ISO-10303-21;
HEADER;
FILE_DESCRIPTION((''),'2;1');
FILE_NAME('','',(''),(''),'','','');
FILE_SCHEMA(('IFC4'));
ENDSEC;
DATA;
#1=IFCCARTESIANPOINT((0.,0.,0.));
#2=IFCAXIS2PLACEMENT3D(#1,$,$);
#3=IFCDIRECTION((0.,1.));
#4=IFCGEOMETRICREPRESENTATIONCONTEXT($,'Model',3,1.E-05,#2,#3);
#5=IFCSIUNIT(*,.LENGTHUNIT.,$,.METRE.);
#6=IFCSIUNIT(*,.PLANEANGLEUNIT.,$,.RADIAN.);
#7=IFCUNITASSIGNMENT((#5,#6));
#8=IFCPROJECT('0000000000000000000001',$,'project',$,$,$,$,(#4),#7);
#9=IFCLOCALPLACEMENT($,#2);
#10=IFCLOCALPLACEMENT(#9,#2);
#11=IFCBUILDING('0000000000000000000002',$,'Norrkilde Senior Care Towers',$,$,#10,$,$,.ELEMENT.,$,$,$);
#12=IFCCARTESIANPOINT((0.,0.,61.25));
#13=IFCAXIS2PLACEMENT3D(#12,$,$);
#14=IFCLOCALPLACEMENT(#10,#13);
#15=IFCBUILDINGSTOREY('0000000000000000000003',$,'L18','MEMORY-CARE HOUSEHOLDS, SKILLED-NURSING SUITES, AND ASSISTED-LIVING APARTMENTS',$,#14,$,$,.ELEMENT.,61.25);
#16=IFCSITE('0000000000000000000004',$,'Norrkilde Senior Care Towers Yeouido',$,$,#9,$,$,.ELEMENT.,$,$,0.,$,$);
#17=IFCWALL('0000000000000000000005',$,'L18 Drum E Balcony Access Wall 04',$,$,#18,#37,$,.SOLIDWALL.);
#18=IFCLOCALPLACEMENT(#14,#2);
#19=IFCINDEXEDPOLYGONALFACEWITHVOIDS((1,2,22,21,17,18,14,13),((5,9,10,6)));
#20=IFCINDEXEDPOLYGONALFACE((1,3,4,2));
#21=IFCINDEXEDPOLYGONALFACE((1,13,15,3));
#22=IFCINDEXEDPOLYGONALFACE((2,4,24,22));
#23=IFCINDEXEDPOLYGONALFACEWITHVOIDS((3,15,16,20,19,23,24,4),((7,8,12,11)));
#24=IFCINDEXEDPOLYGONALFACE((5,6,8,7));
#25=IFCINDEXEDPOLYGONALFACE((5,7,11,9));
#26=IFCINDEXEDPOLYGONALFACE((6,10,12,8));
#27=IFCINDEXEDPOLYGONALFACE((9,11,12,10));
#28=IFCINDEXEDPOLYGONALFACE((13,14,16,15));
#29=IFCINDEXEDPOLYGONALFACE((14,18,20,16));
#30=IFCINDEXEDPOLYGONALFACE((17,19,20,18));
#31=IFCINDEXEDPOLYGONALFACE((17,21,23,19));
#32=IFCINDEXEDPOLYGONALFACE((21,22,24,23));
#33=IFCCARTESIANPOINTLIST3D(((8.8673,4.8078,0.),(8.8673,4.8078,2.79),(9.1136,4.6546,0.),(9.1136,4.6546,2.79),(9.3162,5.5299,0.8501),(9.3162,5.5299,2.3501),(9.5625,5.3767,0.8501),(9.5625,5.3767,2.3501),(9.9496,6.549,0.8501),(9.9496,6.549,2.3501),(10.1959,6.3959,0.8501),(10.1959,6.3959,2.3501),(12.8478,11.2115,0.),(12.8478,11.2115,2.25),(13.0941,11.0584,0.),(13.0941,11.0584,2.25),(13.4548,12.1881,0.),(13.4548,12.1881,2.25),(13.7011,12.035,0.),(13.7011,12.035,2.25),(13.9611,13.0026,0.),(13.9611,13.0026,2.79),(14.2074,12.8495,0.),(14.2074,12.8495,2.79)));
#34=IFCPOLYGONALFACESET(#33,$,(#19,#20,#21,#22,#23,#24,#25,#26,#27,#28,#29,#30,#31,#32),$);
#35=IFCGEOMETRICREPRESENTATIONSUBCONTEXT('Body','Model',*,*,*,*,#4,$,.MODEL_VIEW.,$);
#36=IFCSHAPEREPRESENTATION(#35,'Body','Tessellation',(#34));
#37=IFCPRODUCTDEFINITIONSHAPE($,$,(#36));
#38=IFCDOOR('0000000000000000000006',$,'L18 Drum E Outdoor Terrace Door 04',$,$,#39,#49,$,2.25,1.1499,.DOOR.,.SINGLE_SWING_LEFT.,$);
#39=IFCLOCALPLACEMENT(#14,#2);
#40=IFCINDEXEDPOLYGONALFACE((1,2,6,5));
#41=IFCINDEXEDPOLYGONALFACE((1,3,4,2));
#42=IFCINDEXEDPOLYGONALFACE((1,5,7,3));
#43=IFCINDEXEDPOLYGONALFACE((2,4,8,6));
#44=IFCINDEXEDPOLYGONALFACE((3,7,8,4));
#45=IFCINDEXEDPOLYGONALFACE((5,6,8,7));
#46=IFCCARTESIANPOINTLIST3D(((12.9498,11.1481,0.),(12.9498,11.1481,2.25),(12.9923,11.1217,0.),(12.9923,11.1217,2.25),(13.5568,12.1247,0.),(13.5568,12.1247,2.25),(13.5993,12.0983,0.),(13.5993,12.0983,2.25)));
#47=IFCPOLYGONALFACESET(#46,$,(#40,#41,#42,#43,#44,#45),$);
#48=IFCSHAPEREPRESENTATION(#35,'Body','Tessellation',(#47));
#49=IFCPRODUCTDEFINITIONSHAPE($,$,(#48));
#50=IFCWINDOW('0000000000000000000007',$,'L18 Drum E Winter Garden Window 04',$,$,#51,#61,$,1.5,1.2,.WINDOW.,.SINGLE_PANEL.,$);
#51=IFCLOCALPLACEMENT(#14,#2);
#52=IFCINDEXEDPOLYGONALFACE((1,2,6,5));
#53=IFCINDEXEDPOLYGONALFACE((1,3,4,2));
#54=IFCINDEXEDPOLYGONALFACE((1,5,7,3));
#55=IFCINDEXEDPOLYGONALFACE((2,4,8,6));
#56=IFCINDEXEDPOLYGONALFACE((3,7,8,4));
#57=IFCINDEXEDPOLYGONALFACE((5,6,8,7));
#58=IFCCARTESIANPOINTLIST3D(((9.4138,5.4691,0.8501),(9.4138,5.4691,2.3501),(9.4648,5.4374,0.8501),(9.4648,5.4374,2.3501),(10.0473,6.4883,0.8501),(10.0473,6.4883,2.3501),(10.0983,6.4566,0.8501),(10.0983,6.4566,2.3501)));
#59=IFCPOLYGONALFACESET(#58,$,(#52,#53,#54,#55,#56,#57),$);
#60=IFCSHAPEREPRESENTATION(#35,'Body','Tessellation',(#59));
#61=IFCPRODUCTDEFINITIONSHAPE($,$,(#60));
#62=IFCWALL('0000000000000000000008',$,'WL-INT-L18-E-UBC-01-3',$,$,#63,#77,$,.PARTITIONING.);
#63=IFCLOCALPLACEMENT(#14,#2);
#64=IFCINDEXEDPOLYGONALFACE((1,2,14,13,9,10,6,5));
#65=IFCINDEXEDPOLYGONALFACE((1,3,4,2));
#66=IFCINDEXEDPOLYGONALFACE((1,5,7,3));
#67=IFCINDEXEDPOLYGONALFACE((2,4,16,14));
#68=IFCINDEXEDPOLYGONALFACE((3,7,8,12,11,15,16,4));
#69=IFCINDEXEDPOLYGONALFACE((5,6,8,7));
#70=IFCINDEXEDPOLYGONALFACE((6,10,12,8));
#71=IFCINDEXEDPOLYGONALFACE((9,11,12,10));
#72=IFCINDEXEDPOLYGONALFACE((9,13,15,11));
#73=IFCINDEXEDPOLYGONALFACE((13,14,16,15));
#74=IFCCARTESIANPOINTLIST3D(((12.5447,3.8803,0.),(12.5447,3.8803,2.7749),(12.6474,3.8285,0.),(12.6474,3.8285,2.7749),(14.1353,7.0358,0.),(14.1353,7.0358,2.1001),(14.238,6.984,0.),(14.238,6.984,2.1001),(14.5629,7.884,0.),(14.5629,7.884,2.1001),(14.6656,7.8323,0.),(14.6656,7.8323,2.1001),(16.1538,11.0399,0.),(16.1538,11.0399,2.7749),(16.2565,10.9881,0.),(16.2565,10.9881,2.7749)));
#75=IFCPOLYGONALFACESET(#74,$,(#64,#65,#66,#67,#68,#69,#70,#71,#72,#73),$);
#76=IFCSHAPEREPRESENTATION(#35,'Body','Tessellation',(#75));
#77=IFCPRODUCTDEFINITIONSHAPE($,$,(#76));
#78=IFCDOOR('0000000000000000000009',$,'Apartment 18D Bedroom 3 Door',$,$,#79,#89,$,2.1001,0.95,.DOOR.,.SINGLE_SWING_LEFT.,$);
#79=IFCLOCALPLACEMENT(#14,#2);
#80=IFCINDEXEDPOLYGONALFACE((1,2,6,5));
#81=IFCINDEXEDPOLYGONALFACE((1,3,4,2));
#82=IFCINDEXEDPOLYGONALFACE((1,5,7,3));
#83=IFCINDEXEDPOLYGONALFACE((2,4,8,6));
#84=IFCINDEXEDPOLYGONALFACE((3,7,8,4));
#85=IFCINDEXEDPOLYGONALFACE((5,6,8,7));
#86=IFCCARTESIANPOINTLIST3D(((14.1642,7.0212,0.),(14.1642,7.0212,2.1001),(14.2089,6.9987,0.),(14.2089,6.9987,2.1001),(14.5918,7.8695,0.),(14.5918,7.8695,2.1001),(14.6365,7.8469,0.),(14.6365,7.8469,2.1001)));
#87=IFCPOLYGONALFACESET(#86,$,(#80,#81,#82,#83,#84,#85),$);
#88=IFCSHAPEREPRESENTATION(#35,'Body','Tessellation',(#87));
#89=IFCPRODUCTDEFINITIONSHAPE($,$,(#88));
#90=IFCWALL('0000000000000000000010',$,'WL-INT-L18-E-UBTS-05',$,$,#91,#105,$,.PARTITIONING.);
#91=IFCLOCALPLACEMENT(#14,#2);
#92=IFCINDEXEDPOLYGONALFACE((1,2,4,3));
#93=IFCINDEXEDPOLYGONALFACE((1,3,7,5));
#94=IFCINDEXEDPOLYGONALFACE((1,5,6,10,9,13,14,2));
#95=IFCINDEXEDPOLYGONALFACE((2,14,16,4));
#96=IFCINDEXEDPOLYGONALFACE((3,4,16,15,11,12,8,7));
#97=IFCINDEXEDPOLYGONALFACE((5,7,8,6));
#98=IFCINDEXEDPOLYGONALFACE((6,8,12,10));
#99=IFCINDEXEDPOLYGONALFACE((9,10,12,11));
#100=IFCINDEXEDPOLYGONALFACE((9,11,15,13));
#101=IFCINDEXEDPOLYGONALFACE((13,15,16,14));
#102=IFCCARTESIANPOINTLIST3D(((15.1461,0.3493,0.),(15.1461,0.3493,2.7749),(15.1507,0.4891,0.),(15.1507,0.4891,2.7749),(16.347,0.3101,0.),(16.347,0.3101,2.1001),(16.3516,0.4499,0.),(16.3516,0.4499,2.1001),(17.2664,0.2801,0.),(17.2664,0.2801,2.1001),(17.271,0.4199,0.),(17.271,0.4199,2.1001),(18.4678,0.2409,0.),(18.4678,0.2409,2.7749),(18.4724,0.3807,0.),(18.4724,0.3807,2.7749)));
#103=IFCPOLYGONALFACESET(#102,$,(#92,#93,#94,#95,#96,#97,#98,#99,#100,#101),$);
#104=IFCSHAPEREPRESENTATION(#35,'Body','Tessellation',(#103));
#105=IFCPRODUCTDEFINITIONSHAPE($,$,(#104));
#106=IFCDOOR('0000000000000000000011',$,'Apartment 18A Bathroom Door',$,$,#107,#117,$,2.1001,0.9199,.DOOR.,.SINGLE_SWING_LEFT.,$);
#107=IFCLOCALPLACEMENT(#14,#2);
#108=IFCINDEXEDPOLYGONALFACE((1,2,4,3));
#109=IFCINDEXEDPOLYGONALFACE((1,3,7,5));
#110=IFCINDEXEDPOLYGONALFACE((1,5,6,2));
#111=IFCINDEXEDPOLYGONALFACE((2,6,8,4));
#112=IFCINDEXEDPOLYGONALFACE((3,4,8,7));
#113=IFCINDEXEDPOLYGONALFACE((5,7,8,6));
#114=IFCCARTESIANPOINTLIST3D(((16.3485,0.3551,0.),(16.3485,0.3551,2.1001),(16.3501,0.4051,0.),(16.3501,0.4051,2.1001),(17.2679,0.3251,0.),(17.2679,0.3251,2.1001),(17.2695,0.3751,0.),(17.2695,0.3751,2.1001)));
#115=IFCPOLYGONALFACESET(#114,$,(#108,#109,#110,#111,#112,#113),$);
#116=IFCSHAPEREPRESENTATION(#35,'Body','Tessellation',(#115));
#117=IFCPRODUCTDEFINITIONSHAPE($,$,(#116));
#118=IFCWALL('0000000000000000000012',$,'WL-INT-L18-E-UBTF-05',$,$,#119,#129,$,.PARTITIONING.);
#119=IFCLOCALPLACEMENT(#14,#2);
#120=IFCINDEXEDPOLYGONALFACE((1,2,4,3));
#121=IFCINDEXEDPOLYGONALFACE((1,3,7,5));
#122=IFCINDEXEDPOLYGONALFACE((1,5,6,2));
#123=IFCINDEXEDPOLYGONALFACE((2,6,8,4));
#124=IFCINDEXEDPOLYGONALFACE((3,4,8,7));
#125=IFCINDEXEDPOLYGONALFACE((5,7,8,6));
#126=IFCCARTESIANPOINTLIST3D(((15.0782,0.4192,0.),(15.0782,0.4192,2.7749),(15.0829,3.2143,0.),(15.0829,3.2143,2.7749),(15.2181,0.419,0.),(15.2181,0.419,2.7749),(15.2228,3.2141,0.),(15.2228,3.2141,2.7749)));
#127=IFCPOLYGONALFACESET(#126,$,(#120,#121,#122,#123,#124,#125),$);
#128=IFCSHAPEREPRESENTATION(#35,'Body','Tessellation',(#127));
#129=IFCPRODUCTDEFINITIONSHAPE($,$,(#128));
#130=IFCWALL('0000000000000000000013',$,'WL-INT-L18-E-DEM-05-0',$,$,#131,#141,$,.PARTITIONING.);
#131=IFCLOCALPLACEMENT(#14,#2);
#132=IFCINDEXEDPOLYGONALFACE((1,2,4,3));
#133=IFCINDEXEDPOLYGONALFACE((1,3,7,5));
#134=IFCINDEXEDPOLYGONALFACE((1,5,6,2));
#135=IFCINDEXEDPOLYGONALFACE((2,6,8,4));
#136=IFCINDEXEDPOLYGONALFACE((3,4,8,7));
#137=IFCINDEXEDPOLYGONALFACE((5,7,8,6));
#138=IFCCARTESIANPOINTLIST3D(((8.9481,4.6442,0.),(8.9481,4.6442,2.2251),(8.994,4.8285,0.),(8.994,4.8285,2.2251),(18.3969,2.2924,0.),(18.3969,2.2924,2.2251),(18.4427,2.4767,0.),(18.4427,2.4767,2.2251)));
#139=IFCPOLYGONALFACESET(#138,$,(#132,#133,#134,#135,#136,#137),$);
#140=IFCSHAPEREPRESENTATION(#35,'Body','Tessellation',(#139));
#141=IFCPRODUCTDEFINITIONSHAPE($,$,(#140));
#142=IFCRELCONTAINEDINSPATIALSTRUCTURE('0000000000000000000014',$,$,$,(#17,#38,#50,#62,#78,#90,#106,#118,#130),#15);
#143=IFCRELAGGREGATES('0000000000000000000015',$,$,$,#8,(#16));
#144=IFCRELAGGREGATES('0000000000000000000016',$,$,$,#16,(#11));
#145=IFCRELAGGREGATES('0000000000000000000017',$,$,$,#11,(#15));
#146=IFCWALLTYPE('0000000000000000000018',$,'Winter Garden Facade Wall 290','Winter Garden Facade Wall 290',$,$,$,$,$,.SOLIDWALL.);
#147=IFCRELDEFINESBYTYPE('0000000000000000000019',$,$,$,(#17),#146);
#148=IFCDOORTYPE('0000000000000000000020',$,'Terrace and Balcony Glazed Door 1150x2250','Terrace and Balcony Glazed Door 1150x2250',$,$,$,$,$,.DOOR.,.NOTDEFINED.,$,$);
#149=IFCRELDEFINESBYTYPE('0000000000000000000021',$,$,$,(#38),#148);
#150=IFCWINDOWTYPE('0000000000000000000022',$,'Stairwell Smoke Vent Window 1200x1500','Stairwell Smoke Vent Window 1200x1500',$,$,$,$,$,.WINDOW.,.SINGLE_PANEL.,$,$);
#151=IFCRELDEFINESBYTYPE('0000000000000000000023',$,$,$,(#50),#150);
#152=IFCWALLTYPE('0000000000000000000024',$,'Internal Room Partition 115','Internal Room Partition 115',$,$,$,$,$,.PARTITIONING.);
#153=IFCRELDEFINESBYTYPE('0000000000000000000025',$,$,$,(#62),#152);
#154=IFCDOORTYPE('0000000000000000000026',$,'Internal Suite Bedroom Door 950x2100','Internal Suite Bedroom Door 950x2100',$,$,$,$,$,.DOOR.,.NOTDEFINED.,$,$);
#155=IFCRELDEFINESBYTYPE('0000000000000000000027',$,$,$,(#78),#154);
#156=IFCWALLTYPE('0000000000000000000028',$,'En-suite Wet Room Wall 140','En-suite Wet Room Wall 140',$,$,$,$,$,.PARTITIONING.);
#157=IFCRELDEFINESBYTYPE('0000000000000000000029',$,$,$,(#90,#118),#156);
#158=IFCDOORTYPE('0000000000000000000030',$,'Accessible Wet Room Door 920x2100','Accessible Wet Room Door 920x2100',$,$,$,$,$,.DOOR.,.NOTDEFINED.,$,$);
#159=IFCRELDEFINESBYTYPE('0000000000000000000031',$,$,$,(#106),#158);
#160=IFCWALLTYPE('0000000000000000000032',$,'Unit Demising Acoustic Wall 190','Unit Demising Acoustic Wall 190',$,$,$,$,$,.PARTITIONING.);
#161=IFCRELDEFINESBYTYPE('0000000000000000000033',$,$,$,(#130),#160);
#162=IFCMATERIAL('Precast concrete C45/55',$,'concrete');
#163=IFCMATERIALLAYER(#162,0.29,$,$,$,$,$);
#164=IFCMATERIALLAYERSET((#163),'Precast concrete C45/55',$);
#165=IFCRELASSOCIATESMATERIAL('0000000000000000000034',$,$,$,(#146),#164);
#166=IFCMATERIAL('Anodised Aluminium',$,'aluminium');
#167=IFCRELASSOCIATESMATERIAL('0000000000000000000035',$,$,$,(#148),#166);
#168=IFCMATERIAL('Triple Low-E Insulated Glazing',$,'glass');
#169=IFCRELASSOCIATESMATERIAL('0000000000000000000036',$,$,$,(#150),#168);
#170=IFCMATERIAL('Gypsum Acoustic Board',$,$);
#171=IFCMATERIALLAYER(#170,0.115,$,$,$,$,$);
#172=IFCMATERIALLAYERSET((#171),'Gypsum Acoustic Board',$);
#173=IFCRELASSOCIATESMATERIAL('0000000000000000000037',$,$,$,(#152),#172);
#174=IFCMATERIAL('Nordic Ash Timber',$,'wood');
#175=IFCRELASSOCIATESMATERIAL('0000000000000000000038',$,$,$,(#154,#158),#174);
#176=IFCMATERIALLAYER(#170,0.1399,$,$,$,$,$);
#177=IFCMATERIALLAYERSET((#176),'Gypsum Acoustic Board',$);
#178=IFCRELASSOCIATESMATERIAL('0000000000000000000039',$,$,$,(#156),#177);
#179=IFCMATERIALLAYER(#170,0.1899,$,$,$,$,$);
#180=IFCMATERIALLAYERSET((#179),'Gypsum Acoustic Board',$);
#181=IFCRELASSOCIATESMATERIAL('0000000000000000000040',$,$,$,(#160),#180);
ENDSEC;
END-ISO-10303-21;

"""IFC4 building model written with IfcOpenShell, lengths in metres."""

from ifc_helpers import new_model, si_unit, direction, frame, frame_2d, origin, place, context, subcontext, project, spatial, rectangle, extrude, source, transform, mapped, material, layer, layer_set, type_object, type_shapes, element, fill, save


model = new_model("IFC4")

# Units and contexts
model_context = context("Model", 3, precision=1e-05, world=origin(), true_north=direction((0.0, 1.0)))
body_context = subcontext(model_context, "Body", "Model", "MODEL_VIEW")
ifc_project = project(units=[si_unit("LENGTHUNIT", "METRE"), si_unit("PLANEANGLEUNIT", "RADIAN")], contexts=[model_context])

# Site, building, storey
site_placement = place(None, origin())
site = spatial("IfcSite", under=ifc_project, at=site_placement, Name="Norrkilde Senior Care Towers Yeouido", CompositionType="ELEMENT", RefElevation=0.0)
building_placement = place(site_placement, origin())
building = spatial("IfcBuilding", under=site, at=building_placement, Name="Norrkilde Senior Care Towers", CompositionType="ELEMENT")
storey_placement = place(building_placement, frame((0.0, 0.0, 61.25)))
storey = spatial("IfcBuildingStorey", under=building, at=storey_placement, Name="L18", Description="MEMORY-CARE HOUSEHOLDS, SKILLED-NURSING SUITES, AND ASSISTED-LIVING APARTMENTS", CompositionType="ELEMENT", Elevation=61.25)

# Shared definitions
ifc_material_1 = material(Name="Triple Low-E Insulated Glazing", Category="glass")
ifc_material_2 = material(Name="Anodised Aluminium", Category="aluminium")

# Wall, openings, door, window
ifc_material_3 = material(Name="Precast concrete C45/55", Category="concrete")
ifc_layer_1 = layer(ifc_material_3, 0.29)
ifc_layer_set_1 = layer_set([ifc_layer_1], Name="Precast concrete C45/55")
wall_type_1 = type_object("IfcWallType", Name="Winter Garden Facade Wall 290", Description="Winter Garden Facade Wall 290", PredefinedType="SOLIDWALL", material=ifc_layer_set_1)
shared_shape_1 = source(origin(), body_context, "Body", "SweptSolid", [
    extrude(rectangle(XDim=9.6489, YDim=0.29, at=frame_2d((4.8245, 0.0))), origin(), (0.0, 0.0, 1.0), 2.79),
])
type_shapes(wall_type_1, [shared_shape_1])
wall_1_placement = place(storey_placement, frame((8.9905, 4.7312, 0.0), z_axis=(0.0, 0.0, 1.0), x_axis=(0.527909, 0.849301, 0.0)))
wall_1 = element("IfcWall", 1, at=wall_1_placement, inside=storey, type_object=wall_type_1, Name="L18 Drum E Balcony Access Wall 04", PredefinedType="SOLIDWALL", context=body_context, shape_type="MappedRepresentation", body=[
    mapped(shared_shape_1, transform((0.0, 0.0, 0.0), x_axis=(1.0, 0.0, 0.0), y_axis=(0.0, 1.0, 0.0), z_axis=(0.0, 0.0, 1.0), scale=1.0)),
])
opening_1_placement = place(wall_1_placement, frame((7.54, 0.0, 0.0)))
opening_1 = element("IfcOpeningElement", 2, at=opening_1_placement, cuts=wall_1, PredefinedType="OPENING", context=body_context, shape_type="SweptSolid", body=[
    extrude(rectangle(XDim=1.1499, YDim=2.25, at=frame_2d((0.575, 1.125))), frame((0.0, 0.155, 0.0), z_axis=(0.0, -1.0, 0.0), x_axis=(1.0, 0.0, 0.0)), (0.0, 0.0, 1.0), 0.3101),
])
opening_2_placement = place(wall_1_placement, frame((0.8501, 0.0, 0.8501)))
opening_2 = element("IfcOpeningElement", 3, at=opening_2_placement, cuts=wall_1, PredefinedType="OPENING", context=body_context, shape_type="SweptSolid", body=[
    extrude(rectangle(XDim=1.2, YDim=1.5, at=frame_2d((0.6001, 0.75))), frame((0.0, 0.155, 0.0), z_axis=(0.0, -1.0, 0.0), x_axis=(1.0, 0.0, 0.0)), (0.0, 0.0, 1.0), 0.3101),
])
door_type_1 = type_object("IfcDoorType", Name="Terrace and Balcony Glazed Door 1150x2250", Description="Terrace and Balcony Glazed Door 1150x2250", OperationType="NOTDEFINED", PredefinedType="DOOR", material=ifc_material_2)
shared_shape_2 = source(origin(), body_context, "Body", "SweptSolid", [
    extrude(rectangle(XDim=1.1499, YDim=2.25, at=frame_2d((0.575, 1.125))), frame((0.0, 0.0249, 0.0), z_axis=(0.0, -1.0, 0.0), x_axis=(1.0, 0.0, 0.0)), (0.0, 0.0, 1.0), 0.05),
])
type_shapes(door_type_1, [shared_shape_2])
door_1_placement = place(opening_1_placement, origin())
door_1 = element("IfcDoor", 4, at=door_1_placement, inside=storey, type_object=door_type_1, Name="L18 Drum E Outdoor Terrace Door 04", OperationType="SINGLE_SWING_LEFT", OverallHeight=2.25, OverallWidth=1.1499, PredefinedType="DOOR", context=body_context, shape_type="MappedRepresentation", body=[
    mapped(shared_shape_2, transform((0.0, 0.0, 0.0), x_axis=(1.0, 0.0, 0.0), y_axis=(0.0, 1.0, 0.0), z_axis=(0.0, 0.0, 1.0), scale=1.0)),
])
fill(opening_1, door_1)
window_type = type_object("IfcWindowType", Name="Stairwell Smoke Vent Window 1200x1500", Description="Stairwell Smoke Vent Window 1200x1500", PartitioningType="SINGLE_PANEL", PredefinedType="WINDOW", material=ifc_material_1)
shared_shape_3 = source(origin(), body_context, "Body", "SweptSolid", [
    extrude(rectangle(XDim=1.2, YDim=1.5, at=frame_2d((0.6001, 0.75))), frame((0.0, 0.03, 0.0), z_axis=(0.0, -1.0, 0.0), x_axis=(1.0, 0.0, 0.0)), (0.0, 0.0, 1.0), 0.0601),
])
type_shapes(window_type, [shared_shape_3])
window_placement = place(opening_2_placement, origin())
window = element("IfcWindow", 5, at=window_placement, inside=storey, type_object=window_type, Name="L18 Drum E Winter Garden Window 04", OverallHeight=1.5, OverallWidth=1.2, PartitioningType="SINGLE_PANEL", PredefinedType="WINDOW", context=body_context, shape_type="MappedRepresentation", body=[
    mapped(shared_shape_3, transform((0.0, 0.0, 0.0), x_axis=(1.0, 0.0, 0.0), y_axis=(0.0, 1.0, 0.0), z_axis=(0.0, 0.0, 1.0), scale=1.0)),
])
fill(opening_2, window)

# Walls, openings, doors
ifc_material_4 = material(Name="Gypsum Acoustic Board")
ifc_layer_2 = layer(ifc_material_4, 0.115)
ifc_layer_set_2 = layer_set([ifc_layer_2], Name="Gypsum Acoustic Board")
wall_type_2 = type_object("IfcWallType", Name="Internal Room Partition 115", Description="Internal Room Partition 115", PredefinedType="PARTITIONING", material=ifc_layer_set_2)
shared_shape_4 = source(origin(), body_context, "Body", "SweptSolid", [
    extrude(rectangle(XDim=8.0178, YDim=0.115, at=frame_2d((4.0088, 0.0))), origin(), (0.0, 0.0, 1.0), 2.7749),
])
wall_2_placement = place(storey_placement, frame((16.2051, 11.0139, 0.0), z_axis=(0.0, 0.0, 1.0), x_axis=(-0.450134, -0.892961, 0.0)))
wall_2 = element("IfcWall", 6, at=wall_2_placement, inside=storey, type_object=wall_type_2, Name="WL-INT-L18-E-UBC-01-3", PredefinedType="PARTITIONING", context=body_context, shape_type="MappedRepresentation", body=[
    mapped(shared_shape_4, transform((0.0, 0.0, 0.0), x_axis=(1.0, 0.0, 0.0), y_axis=(0.0, 1.0, 0.0), z_axis=(0.0, 0.0, 1.0), scale=1.0)),
])
opening_3_placement = place(wall_2_placement, frame((3.5339, 0.0, 0.0)))
opening_3 = element("IfcOpeningElement", 7, at=opening_3_placement, cuts=wall_2, PredefinedType="OPENING", context=body_context, shape_type="SweptSolid", body=[
    extrude(rectangle(XDim=0.95, YDim=2.1001, at=frame_2d((0.4751, 1.05))), frame((0.0, 0.0674, 0.0), z_axis=(0.0, -1.0, 0.0), x_axis=(1.0, 0.0, 0.0)), (0.0, 0.0, 1.0), 0.135),
])
ifc_material_5 = material(Name="Nordic Ash Timber", Category="wood")
door_type_2 = type_object("IfcDoorType", Name="Internal Suite Bedroom Door 950x2100", Description="Internal Suite Bedroom Door 950x2100", OperationType="NOTDEFINED", PredefinedType="DOOR", material=ifc_material_5)
shared_shape_5 = source(origin(), body_context, "Body", "SweptSolid", [
    extrude(rectangle(XDim=0.95, YDim=2.1001, at=frame_2d((0.4751, 1.05))), frame((0.0, 0.0249, 0.0), z_axis=(0.0, -1.0, 0.0), x_axis=(1.0, 0.0, 0.0)), (0.0, 0.0, 1.0), 0.05),
])
type_shapes(door_type_2, [shared_shape_5])
door_2_placement = place(opening_3_placement, origin())
door_2 = element("IfcDoor", 8, at=door_2_placement, inside=storey, type_object=door_type_2, Name="Apartment 18D Bedroom 3 Door", OperationType="SINGLE_SWING_LEFT", OverallHeight=2.1001, OverallWidth=0.95, PredefinedType="DOOR", context=body_context, shape_type="MappedRepresentation", body=[
    mapped(shared_shape_5, transform((0.0, 0.0, 0.0), x_axis=(1.0, 0.0, 0.0), y_axis=(0.0, 1.0, 0.0), z_axis=(0.0, 0.0, 1.0), scale=1.0)),
])
fill(opening_3, door_2)
ifc_layer_3 = layer(ifc_material_4, 0.1399)
ifc_layer_set_3 = layer_set([ifc_layer_3], Name="Gypsum Acoustic Board")
wall_type_3 = type_object("IfcWallType", Name="En-suite Wet Room Wall 140", Description="En-suite Wet Room Wall 140", PredefinedType="PARTITIONING", material=ifc_layer_set_3)
shared_shape_6 = source(origin(), body_context, "Body", "SweptSolid", [
    extrude(rectangle(XDim=3.3235, YDim=0.1399, at=frame_2d((1.6616, 0.0))), origin(), (0.0, 0.0, 1.0), 2.7749),
])
wall_3_placement = place(storey_placement, frame((18.47, 0.3108, 0.0), z_axis=(0.0, 0.0, 1.0), x_axis=(-0.999468, 0.032615, 0.0)))
wall_3 = element("IfcWall", 9, at=wall_3_placement, inside=storey, type_object=wall_type_3, Name="WL-INT-L18-E-UBTS-05", PredefinedType="PARTITIONING", context=body_context, shape_type="MappedRepresentation", body=[
    mapped(shared_shape_6, transform((0.0, 0.0, 0.0), x_axis=(1.0, 0.0, 0.0), y_axis=(0.0, 1.0, 0.0), z_axis=(0.0, 0.0, 1.0), scale=1.0)),
])
opening_4_placement = place(wall_3_placement, frame((1.2019, 0.0, 0.0)))
opening_4 = element("IfcOpeningElement", 10, at=opening_4_placement, cuts=wall_3, PredefinedType="OPENING", context=body_context, shape_type="SweptSolid", body=[
    extrude(rectangle(XDim=0.9199, YDim=2.1001, at=frame_2d((0.46, 1.05))), frame((0.0, 0.0798, 0.0), z_axis=(0.0, -1.0, 0.0), x_axis=(1.0, 0.0, 0.0)), (0.0, 0.0, 1.0), 0.1599),
])
door_type_3 = type_object("IfcDoorType", Name="Accessible Wet Room Door 920x2100", Description="Accessible Wet Room Door 920x2100", OperationType="NOTDEFINED", PredefinedType="DOOR", material=ifc_material_5)
shared_shape_7 = source(origin(), body_context, "Body", "SweptSolid", [
    extrude(rectangle(XDim=0.9199, YDim=2.1001, at=frame_2d((0.46, 1.05))), frame((0.0, 0.0249, 0.0), z_axis=(0.0, -1.0, 0.0), x_axis=(1.0, 0.0, 0.0)), (0.0, 0.0, 1.0), 0.05),
])
type_shapes(door_type_3, [shared_shape_7])
door_3_placement = place(opening_4_placement, origin())
door_3 = element("IfcDoor", 11, at=door_3_placement, inside=storey, type_object=door_type_3, Name="Apartment 18A Bathroom Door", OperationType="SINGLE_SWING_LEFT", OverallHeight=2.1001, OverallWidth=0.9199, PredefinedType="DOOR", context=body_context, shape_type="MappedRepresentation", body=[
    mapped(shared_shape_7, transform((0.0, 0.0, 0.0), x_axis=(1.0, 0.0, 0.0), y_axis=(0.0, 1.0, 0.0), z_axis=(0.0, 0.0, 1.0), scale=1.0)),
])
fill(opening_4, door_3)

# Walls
shared_shape_8 = source(origin(), body_context, "Body", "SweptSolid", [
    extrude(rectangle(XDim=2.7952, YDim=0.1399, at=frame_2d((1.3975, 0.0))), origin(), (0.0, 0.0, 1.0), 2.7749),
])
type_shapes(wall_type_3, [shared_shape_6, shared_shape_8])
wall_4_placement = place(storey_placement, frame((15.1482, 0.4192, 0.0), z_axis=(0.0, 0.0, 1.0), x_axis=(0.00166, 0.999999, 0.0)))
element("IfcWall", 12, at=wall_4_placement, inside=storey, type_object=wall_type_3, Name="WL-INT-L18-E-UBTF-05", PredefinedType="PARTITIONING", context=body_context, shape_type="MappedRepresentation", body=[
    mapped(shared_shape_8, transform((0.0, 0.0, 0.0), x_axis=(1.0, 0.0, 0.0), y_axis=(0.0, 1.0, 0.0), z_axis=(0.0, 0.0, 1.0), scale=1.0)),
])
ifc_layer_4 = layer(ifc_material_4, 0.1899)
ifc_layer_set_4 = layer_set([ifc_layer_4], Name="Gypsum Acoustic Board")
wall_type_4 = type_object("IfcWallType", Name="Unit Demising Acoustic Wall 190", Description="Unit Demising Acoustic Wall 190", PredefinedType="PARTITIONING", material=ifc_layer_set_4)
shared_shape_9 = source(origin(), body_context, "Body", "SweptSolid", [
    extrude(rectangle(XDim=9.7371, YDim=0.1899, at=frame_2d((4.8687, 0.0))), origin(), (0.0, 0.0, 1.0), 2.2251),
])
type_shapes(wall_type_4, [shared_shape_9])
wall_5_placement = place(storey_placement, frame((18.4199, 2.3845, 0.0), z_axis=(0.0, 0.0, 1.0), x_axis=(-0.970393, 0.241533, 0.0)))
element("IfcWall", 13, at=wall_5_placement, inside=storey, type_object=wall_type_4, Name="WL-INT-L18-E-DEM-05-0", PredefinedType="PARTITIONING", context=body_context, shape_type="MappedRepresentation", body=[
    mapped(shared_shape_9, transform((0.0, 0.0, 0.0), x_axis=(1.0, 0.0, 0.0), y_axis=(0.0, 1.0, 0.0), z_axis=(0.0, 0.0, 1.0), scale=1.0)),
])

save(model, "model.ifc")
